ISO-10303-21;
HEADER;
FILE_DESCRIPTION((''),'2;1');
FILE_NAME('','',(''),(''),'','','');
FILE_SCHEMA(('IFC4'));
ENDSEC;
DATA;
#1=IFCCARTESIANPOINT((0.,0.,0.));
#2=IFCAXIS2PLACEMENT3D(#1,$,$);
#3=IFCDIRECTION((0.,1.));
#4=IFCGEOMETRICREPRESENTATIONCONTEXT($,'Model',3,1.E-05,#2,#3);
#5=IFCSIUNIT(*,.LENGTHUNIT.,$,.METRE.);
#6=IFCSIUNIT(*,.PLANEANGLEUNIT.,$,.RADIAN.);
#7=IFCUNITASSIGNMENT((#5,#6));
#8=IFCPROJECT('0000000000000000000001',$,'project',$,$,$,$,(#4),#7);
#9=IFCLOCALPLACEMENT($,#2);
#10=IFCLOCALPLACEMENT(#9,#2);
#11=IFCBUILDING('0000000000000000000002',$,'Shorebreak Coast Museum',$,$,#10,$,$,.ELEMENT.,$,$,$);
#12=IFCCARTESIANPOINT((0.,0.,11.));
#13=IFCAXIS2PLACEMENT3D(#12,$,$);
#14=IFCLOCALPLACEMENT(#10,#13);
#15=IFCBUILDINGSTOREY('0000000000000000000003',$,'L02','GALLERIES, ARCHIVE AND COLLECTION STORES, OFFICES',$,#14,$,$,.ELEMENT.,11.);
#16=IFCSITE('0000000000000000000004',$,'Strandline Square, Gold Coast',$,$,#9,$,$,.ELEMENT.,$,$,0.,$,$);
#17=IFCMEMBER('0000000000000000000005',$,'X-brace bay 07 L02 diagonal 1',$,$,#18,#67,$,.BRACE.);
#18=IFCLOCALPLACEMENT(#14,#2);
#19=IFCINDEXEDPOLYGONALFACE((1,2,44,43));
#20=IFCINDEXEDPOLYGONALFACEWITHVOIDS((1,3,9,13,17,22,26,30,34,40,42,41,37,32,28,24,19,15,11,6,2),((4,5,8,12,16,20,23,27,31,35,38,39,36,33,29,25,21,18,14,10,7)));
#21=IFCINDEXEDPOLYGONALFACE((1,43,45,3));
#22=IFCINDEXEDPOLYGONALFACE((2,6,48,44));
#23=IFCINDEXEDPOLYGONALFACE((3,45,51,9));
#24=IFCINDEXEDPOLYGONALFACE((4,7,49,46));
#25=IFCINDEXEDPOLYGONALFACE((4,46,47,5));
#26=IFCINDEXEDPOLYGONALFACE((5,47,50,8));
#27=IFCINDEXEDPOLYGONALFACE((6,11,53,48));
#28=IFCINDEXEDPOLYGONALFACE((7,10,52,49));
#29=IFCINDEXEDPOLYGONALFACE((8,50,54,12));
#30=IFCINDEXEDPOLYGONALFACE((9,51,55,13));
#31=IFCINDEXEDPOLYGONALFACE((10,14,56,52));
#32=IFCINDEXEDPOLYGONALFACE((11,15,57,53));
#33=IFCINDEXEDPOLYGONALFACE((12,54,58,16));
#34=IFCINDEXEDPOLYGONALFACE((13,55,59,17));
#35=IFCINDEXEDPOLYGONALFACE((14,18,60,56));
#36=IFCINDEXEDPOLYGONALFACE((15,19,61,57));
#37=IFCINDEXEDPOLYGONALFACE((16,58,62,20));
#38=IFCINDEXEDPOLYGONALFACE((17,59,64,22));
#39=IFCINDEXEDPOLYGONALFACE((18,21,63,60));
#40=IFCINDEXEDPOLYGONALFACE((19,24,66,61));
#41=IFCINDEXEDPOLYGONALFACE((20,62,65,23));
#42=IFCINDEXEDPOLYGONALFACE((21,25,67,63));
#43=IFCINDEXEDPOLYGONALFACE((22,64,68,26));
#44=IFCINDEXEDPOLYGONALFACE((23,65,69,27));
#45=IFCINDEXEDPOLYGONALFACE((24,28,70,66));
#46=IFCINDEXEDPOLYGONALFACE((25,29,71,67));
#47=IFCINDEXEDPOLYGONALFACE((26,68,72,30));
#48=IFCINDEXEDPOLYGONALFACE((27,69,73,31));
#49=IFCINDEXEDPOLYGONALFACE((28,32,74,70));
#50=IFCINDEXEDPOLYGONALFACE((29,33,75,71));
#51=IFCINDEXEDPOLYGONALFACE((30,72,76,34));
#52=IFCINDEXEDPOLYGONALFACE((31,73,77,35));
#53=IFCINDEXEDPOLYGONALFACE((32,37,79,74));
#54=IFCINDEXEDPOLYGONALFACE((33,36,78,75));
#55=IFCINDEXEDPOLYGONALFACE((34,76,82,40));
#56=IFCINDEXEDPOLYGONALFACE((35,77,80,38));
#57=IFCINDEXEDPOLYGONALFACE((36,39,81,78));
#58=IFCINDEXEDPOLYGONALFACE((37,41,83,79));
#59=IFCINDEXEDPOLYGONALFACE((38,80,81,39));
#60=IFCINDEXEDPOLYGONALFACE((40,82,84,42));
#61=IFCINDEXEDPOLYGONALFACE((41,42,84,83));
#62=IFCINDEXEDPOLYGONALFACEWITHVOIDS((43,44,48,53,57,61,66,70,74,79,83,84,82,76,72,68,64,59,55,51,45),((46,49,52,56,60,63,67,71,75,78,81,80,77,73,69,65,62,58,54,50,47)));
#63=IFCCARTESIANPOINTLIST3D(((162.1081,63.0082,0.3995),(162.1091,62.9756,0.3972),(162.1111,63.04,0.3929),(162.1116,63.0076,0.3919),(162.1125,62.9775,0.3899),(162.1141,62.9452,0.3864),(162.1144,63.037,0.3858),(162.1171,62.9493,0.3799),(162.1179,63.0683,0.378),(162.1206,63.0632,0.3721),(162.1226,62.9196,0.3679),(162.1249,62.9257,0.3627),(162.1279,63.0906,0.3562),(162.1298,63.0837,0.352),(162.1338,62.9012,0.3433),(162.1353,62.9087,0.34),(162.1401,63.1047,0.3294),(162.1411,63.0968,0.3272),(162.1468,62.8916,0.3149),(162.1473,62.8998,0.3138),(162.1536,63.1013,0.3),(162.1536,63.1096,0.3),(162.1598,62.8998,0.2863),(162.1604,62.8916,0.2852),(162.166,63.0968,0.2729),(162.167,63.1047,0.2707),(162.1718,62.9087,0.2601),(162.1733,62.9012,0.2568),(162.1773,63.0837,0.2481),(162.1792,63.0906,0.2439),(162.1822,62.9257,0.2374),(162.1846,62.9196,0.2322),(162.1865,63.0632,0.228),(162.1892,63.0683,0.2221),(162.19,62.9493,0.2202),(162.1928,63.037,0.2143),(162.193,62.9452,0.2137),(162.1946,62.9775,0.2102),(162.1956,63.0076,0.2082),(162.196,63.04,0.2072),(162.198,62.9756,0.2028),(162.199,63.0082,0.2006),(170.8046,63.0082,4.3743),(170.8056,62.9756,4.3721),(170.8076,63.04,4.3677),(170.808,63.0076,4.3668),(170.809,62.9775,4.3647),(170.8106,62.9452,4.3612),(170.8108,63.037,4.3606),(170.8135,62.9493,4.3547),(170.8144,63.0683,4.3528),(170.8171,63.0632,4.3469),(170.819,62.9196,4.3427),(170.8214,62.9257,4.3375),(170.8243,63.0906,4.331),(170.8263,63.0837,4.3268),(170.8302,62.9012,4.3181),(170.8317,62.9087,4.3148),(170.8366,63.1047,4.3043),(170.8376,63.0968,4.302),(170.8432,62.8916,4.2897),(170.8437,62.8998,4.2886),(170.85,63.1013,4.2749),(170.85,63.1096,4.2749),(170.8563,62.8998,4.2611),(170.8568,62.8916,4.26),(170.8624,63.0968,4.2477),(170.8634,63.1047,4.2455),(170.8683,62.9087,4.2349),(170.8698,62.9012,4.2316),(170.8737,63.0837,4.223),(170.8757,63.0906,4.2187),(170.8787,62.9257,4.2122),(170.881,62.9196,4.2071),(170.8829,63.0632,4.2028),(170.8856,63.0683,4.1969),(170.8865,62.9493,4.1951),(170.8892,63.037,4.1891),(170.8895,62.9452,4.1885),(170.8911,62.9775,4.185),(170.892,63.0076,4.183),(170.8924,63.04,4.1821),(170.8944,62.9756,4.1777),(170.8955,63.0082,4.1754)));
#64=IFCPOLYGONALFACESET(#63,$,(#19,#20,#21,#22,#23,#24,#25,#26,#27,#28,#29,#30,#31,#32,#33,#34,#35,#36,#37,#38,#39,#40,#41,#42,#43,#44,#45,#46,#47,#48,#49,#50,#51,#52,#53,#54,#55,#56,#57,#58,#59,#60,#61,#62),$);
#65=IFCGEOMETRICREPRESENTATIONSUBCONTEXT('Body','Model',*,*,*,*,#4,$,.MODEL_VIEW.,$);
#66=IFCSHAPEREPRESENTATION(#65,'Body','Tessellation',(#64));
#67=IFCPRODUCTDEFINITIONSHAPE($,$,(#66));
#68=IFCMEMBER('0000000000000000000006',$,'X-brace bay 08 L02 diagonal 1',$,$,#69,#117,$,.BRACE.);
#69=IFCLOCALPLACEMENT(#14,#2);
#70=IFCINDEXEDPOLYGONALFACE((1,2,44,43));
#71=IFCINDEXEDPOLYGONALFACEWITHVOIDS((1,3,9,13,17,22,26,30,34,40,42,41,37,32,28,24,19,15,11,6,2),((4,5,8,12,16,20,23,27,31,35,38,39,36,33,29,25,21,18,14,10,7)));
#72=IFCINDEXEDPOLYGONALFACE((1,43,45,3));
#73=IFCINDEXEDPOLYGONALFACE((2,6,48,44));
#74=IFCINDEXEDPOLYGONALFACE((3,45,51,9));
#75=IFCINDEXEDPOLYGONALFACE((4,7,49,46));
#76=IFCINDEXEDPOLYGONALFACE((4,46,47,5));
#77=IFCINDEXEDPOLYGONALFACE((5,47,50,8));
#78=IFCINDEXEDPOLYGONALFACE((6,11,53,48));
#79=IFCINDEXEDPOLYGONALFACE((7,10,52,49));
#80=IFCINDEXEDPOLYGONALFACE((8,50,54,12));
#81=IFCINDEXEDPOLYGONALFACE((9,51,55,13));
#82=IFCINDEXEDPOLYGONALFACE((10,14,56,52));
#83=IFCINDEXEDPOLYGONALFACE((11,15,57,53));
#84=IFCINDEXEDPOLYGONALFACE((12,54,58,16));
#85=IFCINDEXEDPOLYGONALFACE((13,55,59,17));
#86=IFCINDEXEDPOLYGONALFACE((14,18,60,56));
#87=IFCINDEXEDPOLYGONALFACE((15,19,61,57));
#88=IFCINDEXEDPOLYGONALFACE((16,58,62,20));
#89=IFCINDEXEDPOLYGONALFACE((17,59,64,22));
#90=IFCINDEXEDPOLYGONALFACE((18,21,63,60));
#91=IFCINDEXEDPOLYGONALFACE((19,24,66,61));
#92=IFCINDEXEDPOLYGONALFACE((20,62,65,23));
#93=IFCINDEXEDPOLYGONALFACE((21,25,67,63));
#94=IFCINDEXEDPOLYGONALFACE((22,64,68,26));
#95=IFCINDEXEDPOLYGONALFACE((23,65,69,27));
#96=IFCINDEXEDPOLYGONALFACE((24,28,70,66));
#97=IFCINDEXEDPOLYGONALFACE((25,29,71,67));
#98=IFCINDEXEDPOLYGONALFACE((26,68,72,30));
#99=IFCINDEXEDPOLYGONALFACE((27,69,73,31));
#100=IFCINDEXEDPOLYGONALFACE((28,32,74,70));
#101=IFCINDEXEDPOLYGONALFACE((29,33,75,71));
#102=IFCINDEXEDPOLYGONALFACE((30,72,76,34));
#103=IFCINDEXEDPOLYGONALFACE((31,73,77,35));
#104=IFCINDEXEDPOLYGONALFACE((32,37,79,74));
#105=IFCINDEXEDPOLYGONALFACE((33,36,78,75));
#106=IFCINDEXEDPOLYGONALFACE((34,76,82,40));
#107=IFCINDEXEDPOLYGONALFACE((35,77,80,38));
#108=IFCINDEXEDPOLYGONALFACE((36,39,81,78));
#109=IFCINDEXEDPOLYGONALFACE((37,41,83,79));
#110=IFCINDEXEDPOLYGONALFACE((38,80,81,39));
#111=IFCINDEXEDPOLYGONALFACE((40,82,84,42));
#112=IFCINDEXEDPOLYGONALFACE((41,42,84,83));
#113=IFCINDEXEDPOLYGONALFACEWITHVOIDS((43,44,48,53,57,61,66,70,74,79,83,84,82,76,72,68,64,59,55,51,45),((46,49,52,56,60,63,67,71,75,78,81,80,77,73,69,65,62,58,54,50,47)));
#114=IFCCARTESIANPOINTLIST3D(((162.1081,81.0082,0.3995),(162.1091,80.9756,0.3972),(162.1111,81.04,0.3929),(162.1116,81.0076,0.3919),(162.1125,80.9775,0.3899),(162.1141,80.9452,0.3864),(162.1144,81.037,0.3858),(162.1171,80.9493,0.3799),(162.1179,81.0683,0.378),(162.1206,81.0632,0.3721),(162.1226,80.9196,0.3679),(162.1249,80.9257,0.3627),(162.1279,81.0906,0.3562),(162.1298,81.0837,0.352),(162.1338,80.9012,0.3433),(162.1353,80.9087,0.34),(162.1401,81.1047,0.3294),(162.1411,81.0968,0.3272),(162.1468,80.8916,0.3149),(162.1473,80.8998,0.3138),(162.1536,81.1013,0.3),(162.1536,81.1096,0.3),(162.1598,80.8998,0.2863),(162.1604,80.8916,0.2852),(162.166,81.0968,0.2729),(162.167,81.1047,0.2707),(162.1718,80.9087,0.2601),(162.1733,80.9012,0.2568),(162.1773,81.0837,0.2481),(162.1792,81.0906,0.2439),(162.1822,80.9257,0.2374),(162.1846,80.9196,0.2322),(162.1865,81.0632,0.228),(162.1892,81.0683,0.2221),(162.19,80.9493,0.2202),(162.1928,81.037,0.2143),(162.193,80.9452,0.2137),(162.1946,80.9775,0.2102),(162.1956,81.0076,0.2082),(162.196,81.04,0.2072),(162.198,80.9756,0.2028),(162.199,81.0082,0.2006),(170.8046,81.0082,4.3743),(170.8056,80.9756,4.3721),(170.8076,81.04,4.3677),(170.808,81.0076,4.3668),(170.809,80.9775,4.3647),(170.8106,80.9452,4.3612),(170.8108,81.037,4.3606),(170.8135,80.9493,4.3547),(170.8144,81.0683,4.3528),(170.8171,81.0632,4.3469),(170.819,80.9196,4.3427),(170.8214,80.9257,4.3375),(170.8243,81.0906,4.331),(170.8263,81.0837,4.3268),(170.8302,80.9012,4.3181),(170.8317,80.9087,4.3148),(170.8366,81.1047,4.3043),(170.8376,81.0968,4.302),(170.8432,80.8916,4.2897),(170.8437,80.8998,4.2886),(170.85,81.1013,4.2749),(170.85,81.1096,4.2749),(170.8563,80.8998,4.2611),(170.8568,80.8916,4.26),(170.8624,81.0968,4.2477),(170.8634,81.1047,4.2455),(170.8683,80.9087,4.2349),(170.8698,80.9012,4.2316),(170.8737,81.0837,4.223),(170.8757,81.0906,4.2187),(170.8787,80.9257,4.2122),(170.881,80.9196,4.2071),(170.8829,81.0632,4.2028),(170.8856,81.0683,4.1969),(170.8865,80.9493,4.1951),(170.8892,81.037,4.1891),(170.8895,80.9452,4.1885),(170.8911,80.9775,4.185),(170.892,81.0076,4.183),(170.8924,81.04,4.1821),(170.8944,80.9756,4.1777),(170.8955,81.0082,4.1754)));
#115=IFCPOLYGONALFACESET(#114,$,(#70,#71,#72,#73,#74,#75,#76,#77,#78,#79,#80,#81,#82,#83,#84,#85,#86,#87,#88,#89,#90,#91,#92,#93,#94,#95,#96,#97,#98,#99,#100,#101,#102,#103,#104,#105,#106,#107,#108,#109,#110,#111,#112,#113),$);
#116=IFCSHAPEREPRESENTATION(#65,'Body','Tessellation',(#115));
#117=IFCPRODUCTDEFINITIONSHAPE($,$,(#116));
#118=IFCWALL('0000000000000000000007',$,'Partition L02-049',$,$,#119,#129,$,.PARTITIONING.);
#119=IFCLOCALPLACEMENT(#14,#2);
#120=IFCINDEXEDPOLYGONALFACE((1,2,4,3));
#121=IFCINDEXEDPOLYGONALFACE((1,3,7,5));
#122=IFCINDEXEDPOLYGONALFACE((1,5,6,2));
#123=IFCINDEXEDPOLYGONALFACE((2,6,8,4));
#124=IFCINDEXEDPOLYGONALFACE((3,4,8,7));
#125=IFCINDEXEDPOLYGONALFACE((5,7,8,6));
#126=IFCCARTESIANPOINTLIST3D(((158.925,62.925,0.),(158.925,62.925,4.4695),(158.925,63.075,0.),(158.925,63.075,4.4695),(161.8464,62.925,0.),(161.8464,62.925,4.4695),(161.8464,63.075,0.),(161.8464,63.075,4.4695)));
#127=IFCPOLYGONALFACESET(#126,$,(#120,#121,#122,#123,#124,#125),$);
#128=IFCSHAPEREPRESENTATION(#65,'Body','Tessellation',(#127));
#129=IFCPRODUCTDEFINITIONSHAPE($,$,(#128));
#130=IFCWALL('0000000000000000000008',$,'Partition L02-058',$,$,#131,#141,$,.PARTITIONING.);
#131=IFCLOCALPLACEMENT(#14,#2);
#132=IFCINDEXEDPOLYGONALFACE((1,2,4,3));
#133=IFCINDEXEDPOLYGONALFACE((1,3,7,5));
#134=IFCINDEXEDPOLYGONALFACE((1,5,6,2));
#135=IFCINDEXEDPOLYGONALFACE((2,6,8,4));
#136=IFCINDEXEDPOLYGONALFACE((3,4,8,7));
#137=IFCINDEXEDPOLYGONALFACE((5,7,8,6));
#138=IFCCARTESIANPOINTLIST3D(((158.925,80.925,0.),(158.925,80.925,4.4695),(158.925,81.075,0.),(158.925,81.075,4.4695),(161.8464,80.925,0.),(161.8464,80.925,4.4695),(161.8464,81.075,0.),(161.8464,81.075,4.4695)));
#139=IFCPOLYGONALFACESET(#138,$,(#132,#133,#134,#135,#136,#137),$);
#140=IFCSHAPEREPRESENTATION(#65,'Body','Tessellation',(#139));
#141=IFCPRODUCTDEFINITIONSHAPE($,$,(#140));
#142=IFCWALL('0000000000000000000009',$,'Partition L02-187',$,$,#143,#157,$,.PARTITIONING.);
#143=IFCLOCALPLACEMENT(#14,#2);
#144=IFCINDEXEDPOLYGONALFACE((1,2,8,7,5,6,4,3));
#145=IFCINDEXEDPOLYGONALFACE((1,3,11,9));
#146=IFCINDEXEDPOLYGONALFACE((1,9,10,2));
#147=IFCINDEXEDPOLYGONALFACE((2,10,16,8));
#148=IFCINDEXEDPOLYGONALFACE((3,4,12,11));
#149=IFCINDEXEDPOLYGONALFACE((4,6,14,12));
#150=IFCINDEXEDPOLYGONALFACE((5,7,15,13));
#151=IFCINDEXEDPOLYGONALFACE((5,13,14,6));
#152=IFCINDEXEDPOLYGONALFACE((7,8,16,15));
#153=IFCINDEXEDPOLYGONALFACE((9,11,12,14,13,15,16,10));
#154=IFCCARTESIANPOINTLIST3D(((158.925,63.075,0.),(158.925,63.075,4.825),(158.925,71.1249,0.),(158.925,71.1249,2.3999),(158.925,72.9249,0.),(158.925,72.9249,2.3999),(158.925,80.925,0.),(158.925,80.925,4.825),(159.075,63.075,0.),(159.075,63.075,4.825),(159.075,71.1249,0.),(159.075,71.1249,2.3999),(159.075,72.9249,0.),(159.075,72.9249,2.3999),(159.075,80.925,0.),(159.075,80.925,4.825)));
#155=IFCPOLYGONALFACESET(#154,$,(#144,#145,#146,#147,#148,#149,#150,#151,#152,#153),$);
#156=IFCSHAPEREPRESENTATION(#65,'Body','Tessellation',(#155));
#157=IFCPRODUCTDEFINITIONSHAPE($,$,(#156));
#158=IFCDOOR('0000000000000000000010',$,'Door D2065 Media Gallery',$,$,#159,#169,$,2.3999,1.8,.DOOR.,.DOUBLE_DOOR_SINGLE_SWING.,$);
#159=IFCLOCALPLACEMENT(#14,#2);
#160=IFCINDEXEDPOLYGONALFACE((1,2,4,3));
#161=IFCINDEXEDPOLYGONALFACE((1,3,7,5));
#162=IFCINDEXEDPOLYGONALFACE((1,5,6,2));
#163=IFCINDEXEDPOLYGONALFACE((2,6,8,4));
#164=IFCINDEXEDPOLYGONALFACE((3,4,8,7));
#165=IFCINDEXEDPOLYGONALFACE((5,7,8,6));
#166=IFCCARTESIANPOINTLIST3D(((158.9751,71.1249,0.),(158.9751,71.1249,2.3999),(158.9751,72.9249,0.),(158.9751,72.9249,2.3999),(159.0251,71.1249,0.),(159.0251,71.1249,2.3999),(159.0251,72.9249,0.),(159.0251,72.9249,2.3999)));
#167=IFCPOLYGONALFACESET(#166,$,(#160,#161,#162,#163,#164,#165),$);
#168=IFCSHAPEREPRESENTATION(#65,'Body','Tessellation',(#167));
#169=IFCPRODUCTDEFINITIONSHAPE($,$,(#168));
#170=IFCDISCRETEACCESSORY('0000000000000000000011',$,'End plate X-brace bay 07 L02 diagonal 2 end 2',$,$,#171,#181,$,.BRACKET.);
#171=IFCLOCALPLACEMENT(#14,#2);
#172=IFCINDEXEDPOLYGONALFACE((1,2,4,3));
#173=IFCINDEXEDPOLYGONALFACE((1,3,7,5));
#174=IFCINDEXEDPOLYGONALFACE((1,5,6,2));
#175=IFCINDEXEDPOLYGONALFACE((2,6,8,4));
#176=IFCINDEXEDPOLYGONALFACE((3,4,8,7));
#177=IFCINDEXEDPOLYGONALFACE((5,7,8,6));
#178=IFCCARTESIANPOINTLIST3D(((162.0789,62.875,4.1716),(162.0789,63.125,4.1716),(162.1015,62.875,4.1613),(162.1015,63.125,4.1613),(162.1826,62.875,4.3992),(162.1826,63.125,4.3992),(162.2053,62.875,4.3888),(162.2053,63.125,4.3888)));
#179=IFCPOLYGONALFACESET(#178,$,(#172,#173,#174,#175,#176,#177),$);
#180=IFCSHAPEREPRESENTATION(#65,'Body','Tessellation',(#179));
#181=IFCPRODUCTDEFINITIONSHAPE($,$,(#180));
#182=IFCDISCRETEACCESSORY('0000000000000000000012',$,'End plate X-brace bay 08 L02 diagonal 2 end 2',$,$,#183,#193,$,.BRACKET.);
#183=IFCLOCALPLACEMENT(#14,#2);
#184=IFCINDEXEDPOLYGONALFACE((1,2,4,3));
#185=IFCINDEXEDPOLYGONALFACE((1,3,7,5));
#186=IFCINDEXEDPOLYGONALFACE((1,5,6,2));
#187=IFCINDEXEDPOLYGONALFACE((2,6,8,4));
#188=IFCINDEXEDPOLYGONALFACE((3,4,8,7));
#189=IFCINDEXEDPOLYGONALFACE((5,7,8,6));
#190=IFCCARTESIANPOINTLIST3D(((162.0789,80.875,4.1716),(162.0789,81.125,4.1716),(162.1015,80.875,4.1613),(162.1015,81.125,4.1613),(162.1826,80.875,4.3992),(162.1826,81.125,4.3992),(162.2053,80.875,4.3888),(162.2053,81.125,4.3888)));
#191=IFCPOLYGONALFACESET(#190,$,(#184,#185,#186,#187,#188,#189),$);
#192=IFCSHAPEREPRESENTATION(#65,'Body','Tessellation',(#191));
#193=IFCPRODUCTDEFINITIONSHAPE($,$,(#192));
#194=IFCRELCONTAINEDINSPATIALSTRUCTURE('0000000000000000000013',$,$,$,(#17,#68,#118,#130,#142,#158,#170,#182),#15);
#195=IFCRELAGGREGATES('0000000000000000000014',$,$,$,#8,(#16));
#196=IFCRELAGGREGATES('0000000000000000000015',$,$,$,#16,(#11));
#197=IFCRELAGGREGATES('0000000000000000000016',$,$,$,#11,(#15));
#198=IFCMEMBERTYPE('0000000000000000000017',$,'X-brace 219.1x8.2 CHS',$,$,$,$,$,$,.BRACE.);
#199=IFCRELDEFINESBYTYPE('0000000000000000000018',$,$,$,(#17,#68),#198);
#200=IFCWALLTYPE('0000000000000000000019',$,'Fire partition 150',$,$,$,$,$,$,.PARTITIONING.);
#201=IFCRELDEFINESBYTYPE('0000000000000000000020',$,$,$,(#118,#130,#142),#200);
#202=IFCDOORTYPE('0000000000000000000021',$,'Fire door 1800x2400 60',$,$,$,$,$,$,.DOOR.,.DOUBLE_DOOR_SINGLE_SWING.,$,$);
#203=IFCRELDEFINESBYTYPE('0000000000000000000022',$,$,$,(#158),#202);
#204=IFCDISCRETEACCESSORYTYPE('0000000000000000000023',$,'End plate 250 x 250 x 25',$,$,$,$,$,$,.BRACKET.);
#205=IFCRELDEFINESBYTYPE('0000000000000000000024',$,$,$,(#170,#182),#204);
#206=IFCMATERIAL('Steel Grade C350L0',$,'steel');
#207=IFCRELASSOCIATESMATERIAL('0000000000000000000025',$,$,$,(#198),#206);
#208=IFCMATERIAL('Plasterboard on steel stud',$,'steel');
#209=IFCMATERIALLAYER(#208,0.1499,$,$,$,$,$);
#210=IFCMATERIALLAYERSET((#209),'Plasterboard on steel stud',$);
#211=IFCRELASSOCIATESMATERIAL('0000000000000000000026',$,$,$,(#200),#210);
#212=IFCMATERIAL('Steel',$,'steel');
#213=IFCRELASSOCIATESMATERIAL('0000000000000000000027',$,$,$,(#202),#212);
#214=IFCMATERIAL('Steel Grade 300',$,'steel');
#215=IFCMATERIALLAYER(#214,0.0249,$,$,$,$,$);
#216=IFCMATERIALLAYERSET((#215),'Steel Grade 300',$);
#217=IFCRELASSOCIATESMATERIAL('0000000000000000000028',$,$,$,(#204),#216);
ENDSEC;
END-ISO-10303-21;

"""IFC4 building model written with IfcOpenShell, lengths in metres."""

from ifc_helpers import new_model, si_unit, direction, frame, frame_2d, origin, origin_2d, place, context, subcontext, project, spatial, polyline, rectangle, hollow_circle, outline, extrude, material, layer, layer_set, material_profile, profile_set, type_object, element, fill, save


model = new_model("IFC4")

# Units and contexts
model_context = context("Model", 3, precision=1e-05, world=origin(), true_north=direction((0.0, 1.0)))
body_context = subcontext(model_context, "Body", "Model", "MODEL_VIEW")
ifc_project = project(units=[si_unit("LENGTHUNIT", "METRE"), si_unit("PLANEANGLEUNIT", "RADIAN")], contexts=[model_context])

# Site, building, storey
site_placement = place(None, origin())
site = spatial("IfcSite", under=ifc_project, at=site_placement, Name="Strandline Square, Gold Coast", CompositionType="ELEMENT", RefElevation=0.0)
building_placement = place(site_placement, origin())
building = spatial("IfcBuilding", under=site, at=building_placement, Name="Shorebreak Coast Museum", CompositionType="ELEMENT")
storey_placement = place(building_placement, frame((0.0, 0.0, 11.0)))
storey = spatial("IfcBuildingStorey", under=building, at=storey_placement, Name="L02", Description="GALLERIES, ARCHIVE AND COLLECTION STORES, OFFICES", CompositionType="ELEMENT", Elevation=11.0)

# Members
ifc_material_1 = material(Name="Steel Grade C350L0", Category="steel")
ifc_material_profile_1 = material_profile(ifc_material_1, hollow_circle(Radius=0.1096, WallThickness=0.0083, at=origin_2d()), Name="219.1x8.2 CHS")
ifc_profile_set_1 = profile_set([ifc_material_profile_1], Name="Steel Grade C350L0")
member_type = type_object("IfcMemberType", Name="X-brace 219.1x8.2 CHS", PredefinedType="BRACE", material=ifc_profile_set_1)
for number, where, z_axis, x_axis, name in (
    (1, (162.1536, 63.0, 0.3), (0.909502, 0.0, 0.415699), (0.0, 1.0, 0.0), "X-brace bay 07 L02 diagonal 1"),
    (2, (162.1536, 81.0, 0.3), (0.909502, 0.0, 0.415699), (0.0, 1.0, 0.0), "X-brace bay 08 L02 diagonal 1"),
):
    element("IfcMember", number, at=place(storey_placement, frame(where, z_axis=z_axis, x_axis=x_axis)), inside=storey, type_object=member_type, Name=name, PredefinedType="BRACE", context=body_context, shape_type="SweptSolid", body=[
        extrude(hollow_circle(Radius=0.1096, WallThickness=0.0083, at=origin_2d()), origin(), (0.0, 0.0, 1.0), 9.5618),
    ])

# Walls
ifc_material_2 = material(Name="Plasterboard on steel stud", Category="steel")
ifc_layer_1 = layer(ifc_material_2, 0.1499)
ifc_layer_set_1 = layer_set([ifc_layer_1], Name="Plasterboard on steel stud")
wall_type = type_object("IfcWallType", Name="Fire partition 150", PredefinedType="PARTITIONING", material=ifc_layer_set_1)
for number, where, z_axis, x_axis, name in (
    (3, (158.925, 63.0, 0.0), (0.0, 0.0, 1.0), (1.0, 0.0, 0.0), "Partition L02-049"),
    (4, (158.925, 81.0, 0.0), (0.0, 0.0, 1.0), (1.0, 0.0, 0.0), "Partition L02-058"),
):
    element("IfcWall", number, at=place(storey_placement, frame(where, z_axis=z_axis, x_axis=x_axis)), inside=storey, type_object=wall_type, Name=name, PredefinedType="PARTITIONING", context=body_context, shape_type="SweptSolid", body=[
        extrude(rectangle(XDim=2.9214, YDim=0.1499, at=frame_2d((1.4607, 0.0))), origin(), (0.0, 0.0, 1.0), 4.4695),
    ])

# Wall, opening, door
wall_placement = place(storey_placement, frame((159.0, 63.075, 0.0), z_axis=(0.0, 0.0, 1.0), x_axis=(0.0, 1.0, 0.0)))
wall = element("IfcWall", 5, at=wall_placement, inside=storey, type_object=wall_type, Name="Partition L02-187", PredefinedType="PARTITIONING", context=body_context, shape_type="SweptSolid", body=[
    extrude(rectangle(XDim=17.8501, YDim=0.1499, at=frame_2d((8.925, 0.0))), origin(), (0.0, 0.0, 1.0), 4.825),
])
opening_placement = place(wall_placement, frame((8.05, 0.0, 0.0)))
opening = element("IfcOpeningElement", 6, at=opening_placement, cuts=wall, PredefinedType="OPENING", context=body_context, shape_type="SweptSolid", body=[
    extrude(rectangle(XDim=1.8, YDim=2.3999, at=frame_2d((0.8999, 1.2))), frame((0.0, 0.085, 0.0), z_axis=(0.0, -1.0, 0.0), x_axis=(1.0, 0.0, 0.0)), (0.0, 0.0, 1.0), 0.1699),
])
ifc_material_3 = material(Name="Steel", Category="steel")
door_type = type_object("IfcDoorType", Name="Fire door 1800x2400 60", OperationType="DOUBLE_DOOR_SINGLE_SWING", PredefinedType="DOOR", material=ifc_material_3)
door_placement = place(opening_placement, origin())
door = element("IfcDoor", 7, at=door_placement, inside=storey, type_object=door_type, Name="Door D2065 Media Gallery", OperationType="DOUBLE_DOOR_SINGLE_SWING", OverallHeight=2.3999, OverallWidth=1.8, PredefinedType="DOOR", context=body_context, shape_type="SweptSolid", body=[
    extrude(rectangle(XDim=1.8, YDim=2.3999, at=frame_2d((0.8999, 1.2))), frame((0.0, 0.0249, 0.0), z_axis=(0.0, -1.0, 0.0), x_axis=(1.0, 0.0, 0.0)), (0.0, 0.0, 1.0), 0.05),
])
fill(opening, door)

# Discrete accessories
ifc_material_4 = material(Name="Steel Grade 300", Category="steel")
ifc_layer_2 = layer(ifc_material_4, 0.0249)
ifc_layer_set_2 = layer_set([ifc_layer_2], Name="Steel Grade 300")
discrete_accessory_type = type_object("IfcDiscreteAccessoryType", Name="End plate 250 x 250 x 25", PredefinedType="BRACKET", material=ifc_layer_set_2)
for number, where, z_axis, x_axis, name in (
    (8, (162.0789, 63.125, 4.1716), (-0.909864, 0.0, 0.414906), (0.0, -1.0, 0.0), "End plate X-brace bay 07 L02 diagonal 2 end 2"),
    (9, (162.0789, 81.125, 4.1716), (-0.909864, 0.0, 0.414906), (0.0, -1.0, 0.0), "End plate X-brace bay 08 L02 diagonal 2 end 2"),
):
    element("IfcDiscreteAccessory", number, at=place(storey_placement, frame(where, z_axis=z_axis, x_axis=x_axis)), inside=storey, type_object=discrete_accessory_type, Name=name, PredefinedType="BRACKET", context=body_context, shape_type="SweptSolid", body=[
        extrude(outline(polyline([(0.0, 0.0), (0.25, 0.0), (0.25, 0.2501), (0.0, 0.2501), (0.0, 0.0)])), origin(), (0.0, 0.0, -1.0), 0.0249),
    ])

save(model, "model.ifc")
